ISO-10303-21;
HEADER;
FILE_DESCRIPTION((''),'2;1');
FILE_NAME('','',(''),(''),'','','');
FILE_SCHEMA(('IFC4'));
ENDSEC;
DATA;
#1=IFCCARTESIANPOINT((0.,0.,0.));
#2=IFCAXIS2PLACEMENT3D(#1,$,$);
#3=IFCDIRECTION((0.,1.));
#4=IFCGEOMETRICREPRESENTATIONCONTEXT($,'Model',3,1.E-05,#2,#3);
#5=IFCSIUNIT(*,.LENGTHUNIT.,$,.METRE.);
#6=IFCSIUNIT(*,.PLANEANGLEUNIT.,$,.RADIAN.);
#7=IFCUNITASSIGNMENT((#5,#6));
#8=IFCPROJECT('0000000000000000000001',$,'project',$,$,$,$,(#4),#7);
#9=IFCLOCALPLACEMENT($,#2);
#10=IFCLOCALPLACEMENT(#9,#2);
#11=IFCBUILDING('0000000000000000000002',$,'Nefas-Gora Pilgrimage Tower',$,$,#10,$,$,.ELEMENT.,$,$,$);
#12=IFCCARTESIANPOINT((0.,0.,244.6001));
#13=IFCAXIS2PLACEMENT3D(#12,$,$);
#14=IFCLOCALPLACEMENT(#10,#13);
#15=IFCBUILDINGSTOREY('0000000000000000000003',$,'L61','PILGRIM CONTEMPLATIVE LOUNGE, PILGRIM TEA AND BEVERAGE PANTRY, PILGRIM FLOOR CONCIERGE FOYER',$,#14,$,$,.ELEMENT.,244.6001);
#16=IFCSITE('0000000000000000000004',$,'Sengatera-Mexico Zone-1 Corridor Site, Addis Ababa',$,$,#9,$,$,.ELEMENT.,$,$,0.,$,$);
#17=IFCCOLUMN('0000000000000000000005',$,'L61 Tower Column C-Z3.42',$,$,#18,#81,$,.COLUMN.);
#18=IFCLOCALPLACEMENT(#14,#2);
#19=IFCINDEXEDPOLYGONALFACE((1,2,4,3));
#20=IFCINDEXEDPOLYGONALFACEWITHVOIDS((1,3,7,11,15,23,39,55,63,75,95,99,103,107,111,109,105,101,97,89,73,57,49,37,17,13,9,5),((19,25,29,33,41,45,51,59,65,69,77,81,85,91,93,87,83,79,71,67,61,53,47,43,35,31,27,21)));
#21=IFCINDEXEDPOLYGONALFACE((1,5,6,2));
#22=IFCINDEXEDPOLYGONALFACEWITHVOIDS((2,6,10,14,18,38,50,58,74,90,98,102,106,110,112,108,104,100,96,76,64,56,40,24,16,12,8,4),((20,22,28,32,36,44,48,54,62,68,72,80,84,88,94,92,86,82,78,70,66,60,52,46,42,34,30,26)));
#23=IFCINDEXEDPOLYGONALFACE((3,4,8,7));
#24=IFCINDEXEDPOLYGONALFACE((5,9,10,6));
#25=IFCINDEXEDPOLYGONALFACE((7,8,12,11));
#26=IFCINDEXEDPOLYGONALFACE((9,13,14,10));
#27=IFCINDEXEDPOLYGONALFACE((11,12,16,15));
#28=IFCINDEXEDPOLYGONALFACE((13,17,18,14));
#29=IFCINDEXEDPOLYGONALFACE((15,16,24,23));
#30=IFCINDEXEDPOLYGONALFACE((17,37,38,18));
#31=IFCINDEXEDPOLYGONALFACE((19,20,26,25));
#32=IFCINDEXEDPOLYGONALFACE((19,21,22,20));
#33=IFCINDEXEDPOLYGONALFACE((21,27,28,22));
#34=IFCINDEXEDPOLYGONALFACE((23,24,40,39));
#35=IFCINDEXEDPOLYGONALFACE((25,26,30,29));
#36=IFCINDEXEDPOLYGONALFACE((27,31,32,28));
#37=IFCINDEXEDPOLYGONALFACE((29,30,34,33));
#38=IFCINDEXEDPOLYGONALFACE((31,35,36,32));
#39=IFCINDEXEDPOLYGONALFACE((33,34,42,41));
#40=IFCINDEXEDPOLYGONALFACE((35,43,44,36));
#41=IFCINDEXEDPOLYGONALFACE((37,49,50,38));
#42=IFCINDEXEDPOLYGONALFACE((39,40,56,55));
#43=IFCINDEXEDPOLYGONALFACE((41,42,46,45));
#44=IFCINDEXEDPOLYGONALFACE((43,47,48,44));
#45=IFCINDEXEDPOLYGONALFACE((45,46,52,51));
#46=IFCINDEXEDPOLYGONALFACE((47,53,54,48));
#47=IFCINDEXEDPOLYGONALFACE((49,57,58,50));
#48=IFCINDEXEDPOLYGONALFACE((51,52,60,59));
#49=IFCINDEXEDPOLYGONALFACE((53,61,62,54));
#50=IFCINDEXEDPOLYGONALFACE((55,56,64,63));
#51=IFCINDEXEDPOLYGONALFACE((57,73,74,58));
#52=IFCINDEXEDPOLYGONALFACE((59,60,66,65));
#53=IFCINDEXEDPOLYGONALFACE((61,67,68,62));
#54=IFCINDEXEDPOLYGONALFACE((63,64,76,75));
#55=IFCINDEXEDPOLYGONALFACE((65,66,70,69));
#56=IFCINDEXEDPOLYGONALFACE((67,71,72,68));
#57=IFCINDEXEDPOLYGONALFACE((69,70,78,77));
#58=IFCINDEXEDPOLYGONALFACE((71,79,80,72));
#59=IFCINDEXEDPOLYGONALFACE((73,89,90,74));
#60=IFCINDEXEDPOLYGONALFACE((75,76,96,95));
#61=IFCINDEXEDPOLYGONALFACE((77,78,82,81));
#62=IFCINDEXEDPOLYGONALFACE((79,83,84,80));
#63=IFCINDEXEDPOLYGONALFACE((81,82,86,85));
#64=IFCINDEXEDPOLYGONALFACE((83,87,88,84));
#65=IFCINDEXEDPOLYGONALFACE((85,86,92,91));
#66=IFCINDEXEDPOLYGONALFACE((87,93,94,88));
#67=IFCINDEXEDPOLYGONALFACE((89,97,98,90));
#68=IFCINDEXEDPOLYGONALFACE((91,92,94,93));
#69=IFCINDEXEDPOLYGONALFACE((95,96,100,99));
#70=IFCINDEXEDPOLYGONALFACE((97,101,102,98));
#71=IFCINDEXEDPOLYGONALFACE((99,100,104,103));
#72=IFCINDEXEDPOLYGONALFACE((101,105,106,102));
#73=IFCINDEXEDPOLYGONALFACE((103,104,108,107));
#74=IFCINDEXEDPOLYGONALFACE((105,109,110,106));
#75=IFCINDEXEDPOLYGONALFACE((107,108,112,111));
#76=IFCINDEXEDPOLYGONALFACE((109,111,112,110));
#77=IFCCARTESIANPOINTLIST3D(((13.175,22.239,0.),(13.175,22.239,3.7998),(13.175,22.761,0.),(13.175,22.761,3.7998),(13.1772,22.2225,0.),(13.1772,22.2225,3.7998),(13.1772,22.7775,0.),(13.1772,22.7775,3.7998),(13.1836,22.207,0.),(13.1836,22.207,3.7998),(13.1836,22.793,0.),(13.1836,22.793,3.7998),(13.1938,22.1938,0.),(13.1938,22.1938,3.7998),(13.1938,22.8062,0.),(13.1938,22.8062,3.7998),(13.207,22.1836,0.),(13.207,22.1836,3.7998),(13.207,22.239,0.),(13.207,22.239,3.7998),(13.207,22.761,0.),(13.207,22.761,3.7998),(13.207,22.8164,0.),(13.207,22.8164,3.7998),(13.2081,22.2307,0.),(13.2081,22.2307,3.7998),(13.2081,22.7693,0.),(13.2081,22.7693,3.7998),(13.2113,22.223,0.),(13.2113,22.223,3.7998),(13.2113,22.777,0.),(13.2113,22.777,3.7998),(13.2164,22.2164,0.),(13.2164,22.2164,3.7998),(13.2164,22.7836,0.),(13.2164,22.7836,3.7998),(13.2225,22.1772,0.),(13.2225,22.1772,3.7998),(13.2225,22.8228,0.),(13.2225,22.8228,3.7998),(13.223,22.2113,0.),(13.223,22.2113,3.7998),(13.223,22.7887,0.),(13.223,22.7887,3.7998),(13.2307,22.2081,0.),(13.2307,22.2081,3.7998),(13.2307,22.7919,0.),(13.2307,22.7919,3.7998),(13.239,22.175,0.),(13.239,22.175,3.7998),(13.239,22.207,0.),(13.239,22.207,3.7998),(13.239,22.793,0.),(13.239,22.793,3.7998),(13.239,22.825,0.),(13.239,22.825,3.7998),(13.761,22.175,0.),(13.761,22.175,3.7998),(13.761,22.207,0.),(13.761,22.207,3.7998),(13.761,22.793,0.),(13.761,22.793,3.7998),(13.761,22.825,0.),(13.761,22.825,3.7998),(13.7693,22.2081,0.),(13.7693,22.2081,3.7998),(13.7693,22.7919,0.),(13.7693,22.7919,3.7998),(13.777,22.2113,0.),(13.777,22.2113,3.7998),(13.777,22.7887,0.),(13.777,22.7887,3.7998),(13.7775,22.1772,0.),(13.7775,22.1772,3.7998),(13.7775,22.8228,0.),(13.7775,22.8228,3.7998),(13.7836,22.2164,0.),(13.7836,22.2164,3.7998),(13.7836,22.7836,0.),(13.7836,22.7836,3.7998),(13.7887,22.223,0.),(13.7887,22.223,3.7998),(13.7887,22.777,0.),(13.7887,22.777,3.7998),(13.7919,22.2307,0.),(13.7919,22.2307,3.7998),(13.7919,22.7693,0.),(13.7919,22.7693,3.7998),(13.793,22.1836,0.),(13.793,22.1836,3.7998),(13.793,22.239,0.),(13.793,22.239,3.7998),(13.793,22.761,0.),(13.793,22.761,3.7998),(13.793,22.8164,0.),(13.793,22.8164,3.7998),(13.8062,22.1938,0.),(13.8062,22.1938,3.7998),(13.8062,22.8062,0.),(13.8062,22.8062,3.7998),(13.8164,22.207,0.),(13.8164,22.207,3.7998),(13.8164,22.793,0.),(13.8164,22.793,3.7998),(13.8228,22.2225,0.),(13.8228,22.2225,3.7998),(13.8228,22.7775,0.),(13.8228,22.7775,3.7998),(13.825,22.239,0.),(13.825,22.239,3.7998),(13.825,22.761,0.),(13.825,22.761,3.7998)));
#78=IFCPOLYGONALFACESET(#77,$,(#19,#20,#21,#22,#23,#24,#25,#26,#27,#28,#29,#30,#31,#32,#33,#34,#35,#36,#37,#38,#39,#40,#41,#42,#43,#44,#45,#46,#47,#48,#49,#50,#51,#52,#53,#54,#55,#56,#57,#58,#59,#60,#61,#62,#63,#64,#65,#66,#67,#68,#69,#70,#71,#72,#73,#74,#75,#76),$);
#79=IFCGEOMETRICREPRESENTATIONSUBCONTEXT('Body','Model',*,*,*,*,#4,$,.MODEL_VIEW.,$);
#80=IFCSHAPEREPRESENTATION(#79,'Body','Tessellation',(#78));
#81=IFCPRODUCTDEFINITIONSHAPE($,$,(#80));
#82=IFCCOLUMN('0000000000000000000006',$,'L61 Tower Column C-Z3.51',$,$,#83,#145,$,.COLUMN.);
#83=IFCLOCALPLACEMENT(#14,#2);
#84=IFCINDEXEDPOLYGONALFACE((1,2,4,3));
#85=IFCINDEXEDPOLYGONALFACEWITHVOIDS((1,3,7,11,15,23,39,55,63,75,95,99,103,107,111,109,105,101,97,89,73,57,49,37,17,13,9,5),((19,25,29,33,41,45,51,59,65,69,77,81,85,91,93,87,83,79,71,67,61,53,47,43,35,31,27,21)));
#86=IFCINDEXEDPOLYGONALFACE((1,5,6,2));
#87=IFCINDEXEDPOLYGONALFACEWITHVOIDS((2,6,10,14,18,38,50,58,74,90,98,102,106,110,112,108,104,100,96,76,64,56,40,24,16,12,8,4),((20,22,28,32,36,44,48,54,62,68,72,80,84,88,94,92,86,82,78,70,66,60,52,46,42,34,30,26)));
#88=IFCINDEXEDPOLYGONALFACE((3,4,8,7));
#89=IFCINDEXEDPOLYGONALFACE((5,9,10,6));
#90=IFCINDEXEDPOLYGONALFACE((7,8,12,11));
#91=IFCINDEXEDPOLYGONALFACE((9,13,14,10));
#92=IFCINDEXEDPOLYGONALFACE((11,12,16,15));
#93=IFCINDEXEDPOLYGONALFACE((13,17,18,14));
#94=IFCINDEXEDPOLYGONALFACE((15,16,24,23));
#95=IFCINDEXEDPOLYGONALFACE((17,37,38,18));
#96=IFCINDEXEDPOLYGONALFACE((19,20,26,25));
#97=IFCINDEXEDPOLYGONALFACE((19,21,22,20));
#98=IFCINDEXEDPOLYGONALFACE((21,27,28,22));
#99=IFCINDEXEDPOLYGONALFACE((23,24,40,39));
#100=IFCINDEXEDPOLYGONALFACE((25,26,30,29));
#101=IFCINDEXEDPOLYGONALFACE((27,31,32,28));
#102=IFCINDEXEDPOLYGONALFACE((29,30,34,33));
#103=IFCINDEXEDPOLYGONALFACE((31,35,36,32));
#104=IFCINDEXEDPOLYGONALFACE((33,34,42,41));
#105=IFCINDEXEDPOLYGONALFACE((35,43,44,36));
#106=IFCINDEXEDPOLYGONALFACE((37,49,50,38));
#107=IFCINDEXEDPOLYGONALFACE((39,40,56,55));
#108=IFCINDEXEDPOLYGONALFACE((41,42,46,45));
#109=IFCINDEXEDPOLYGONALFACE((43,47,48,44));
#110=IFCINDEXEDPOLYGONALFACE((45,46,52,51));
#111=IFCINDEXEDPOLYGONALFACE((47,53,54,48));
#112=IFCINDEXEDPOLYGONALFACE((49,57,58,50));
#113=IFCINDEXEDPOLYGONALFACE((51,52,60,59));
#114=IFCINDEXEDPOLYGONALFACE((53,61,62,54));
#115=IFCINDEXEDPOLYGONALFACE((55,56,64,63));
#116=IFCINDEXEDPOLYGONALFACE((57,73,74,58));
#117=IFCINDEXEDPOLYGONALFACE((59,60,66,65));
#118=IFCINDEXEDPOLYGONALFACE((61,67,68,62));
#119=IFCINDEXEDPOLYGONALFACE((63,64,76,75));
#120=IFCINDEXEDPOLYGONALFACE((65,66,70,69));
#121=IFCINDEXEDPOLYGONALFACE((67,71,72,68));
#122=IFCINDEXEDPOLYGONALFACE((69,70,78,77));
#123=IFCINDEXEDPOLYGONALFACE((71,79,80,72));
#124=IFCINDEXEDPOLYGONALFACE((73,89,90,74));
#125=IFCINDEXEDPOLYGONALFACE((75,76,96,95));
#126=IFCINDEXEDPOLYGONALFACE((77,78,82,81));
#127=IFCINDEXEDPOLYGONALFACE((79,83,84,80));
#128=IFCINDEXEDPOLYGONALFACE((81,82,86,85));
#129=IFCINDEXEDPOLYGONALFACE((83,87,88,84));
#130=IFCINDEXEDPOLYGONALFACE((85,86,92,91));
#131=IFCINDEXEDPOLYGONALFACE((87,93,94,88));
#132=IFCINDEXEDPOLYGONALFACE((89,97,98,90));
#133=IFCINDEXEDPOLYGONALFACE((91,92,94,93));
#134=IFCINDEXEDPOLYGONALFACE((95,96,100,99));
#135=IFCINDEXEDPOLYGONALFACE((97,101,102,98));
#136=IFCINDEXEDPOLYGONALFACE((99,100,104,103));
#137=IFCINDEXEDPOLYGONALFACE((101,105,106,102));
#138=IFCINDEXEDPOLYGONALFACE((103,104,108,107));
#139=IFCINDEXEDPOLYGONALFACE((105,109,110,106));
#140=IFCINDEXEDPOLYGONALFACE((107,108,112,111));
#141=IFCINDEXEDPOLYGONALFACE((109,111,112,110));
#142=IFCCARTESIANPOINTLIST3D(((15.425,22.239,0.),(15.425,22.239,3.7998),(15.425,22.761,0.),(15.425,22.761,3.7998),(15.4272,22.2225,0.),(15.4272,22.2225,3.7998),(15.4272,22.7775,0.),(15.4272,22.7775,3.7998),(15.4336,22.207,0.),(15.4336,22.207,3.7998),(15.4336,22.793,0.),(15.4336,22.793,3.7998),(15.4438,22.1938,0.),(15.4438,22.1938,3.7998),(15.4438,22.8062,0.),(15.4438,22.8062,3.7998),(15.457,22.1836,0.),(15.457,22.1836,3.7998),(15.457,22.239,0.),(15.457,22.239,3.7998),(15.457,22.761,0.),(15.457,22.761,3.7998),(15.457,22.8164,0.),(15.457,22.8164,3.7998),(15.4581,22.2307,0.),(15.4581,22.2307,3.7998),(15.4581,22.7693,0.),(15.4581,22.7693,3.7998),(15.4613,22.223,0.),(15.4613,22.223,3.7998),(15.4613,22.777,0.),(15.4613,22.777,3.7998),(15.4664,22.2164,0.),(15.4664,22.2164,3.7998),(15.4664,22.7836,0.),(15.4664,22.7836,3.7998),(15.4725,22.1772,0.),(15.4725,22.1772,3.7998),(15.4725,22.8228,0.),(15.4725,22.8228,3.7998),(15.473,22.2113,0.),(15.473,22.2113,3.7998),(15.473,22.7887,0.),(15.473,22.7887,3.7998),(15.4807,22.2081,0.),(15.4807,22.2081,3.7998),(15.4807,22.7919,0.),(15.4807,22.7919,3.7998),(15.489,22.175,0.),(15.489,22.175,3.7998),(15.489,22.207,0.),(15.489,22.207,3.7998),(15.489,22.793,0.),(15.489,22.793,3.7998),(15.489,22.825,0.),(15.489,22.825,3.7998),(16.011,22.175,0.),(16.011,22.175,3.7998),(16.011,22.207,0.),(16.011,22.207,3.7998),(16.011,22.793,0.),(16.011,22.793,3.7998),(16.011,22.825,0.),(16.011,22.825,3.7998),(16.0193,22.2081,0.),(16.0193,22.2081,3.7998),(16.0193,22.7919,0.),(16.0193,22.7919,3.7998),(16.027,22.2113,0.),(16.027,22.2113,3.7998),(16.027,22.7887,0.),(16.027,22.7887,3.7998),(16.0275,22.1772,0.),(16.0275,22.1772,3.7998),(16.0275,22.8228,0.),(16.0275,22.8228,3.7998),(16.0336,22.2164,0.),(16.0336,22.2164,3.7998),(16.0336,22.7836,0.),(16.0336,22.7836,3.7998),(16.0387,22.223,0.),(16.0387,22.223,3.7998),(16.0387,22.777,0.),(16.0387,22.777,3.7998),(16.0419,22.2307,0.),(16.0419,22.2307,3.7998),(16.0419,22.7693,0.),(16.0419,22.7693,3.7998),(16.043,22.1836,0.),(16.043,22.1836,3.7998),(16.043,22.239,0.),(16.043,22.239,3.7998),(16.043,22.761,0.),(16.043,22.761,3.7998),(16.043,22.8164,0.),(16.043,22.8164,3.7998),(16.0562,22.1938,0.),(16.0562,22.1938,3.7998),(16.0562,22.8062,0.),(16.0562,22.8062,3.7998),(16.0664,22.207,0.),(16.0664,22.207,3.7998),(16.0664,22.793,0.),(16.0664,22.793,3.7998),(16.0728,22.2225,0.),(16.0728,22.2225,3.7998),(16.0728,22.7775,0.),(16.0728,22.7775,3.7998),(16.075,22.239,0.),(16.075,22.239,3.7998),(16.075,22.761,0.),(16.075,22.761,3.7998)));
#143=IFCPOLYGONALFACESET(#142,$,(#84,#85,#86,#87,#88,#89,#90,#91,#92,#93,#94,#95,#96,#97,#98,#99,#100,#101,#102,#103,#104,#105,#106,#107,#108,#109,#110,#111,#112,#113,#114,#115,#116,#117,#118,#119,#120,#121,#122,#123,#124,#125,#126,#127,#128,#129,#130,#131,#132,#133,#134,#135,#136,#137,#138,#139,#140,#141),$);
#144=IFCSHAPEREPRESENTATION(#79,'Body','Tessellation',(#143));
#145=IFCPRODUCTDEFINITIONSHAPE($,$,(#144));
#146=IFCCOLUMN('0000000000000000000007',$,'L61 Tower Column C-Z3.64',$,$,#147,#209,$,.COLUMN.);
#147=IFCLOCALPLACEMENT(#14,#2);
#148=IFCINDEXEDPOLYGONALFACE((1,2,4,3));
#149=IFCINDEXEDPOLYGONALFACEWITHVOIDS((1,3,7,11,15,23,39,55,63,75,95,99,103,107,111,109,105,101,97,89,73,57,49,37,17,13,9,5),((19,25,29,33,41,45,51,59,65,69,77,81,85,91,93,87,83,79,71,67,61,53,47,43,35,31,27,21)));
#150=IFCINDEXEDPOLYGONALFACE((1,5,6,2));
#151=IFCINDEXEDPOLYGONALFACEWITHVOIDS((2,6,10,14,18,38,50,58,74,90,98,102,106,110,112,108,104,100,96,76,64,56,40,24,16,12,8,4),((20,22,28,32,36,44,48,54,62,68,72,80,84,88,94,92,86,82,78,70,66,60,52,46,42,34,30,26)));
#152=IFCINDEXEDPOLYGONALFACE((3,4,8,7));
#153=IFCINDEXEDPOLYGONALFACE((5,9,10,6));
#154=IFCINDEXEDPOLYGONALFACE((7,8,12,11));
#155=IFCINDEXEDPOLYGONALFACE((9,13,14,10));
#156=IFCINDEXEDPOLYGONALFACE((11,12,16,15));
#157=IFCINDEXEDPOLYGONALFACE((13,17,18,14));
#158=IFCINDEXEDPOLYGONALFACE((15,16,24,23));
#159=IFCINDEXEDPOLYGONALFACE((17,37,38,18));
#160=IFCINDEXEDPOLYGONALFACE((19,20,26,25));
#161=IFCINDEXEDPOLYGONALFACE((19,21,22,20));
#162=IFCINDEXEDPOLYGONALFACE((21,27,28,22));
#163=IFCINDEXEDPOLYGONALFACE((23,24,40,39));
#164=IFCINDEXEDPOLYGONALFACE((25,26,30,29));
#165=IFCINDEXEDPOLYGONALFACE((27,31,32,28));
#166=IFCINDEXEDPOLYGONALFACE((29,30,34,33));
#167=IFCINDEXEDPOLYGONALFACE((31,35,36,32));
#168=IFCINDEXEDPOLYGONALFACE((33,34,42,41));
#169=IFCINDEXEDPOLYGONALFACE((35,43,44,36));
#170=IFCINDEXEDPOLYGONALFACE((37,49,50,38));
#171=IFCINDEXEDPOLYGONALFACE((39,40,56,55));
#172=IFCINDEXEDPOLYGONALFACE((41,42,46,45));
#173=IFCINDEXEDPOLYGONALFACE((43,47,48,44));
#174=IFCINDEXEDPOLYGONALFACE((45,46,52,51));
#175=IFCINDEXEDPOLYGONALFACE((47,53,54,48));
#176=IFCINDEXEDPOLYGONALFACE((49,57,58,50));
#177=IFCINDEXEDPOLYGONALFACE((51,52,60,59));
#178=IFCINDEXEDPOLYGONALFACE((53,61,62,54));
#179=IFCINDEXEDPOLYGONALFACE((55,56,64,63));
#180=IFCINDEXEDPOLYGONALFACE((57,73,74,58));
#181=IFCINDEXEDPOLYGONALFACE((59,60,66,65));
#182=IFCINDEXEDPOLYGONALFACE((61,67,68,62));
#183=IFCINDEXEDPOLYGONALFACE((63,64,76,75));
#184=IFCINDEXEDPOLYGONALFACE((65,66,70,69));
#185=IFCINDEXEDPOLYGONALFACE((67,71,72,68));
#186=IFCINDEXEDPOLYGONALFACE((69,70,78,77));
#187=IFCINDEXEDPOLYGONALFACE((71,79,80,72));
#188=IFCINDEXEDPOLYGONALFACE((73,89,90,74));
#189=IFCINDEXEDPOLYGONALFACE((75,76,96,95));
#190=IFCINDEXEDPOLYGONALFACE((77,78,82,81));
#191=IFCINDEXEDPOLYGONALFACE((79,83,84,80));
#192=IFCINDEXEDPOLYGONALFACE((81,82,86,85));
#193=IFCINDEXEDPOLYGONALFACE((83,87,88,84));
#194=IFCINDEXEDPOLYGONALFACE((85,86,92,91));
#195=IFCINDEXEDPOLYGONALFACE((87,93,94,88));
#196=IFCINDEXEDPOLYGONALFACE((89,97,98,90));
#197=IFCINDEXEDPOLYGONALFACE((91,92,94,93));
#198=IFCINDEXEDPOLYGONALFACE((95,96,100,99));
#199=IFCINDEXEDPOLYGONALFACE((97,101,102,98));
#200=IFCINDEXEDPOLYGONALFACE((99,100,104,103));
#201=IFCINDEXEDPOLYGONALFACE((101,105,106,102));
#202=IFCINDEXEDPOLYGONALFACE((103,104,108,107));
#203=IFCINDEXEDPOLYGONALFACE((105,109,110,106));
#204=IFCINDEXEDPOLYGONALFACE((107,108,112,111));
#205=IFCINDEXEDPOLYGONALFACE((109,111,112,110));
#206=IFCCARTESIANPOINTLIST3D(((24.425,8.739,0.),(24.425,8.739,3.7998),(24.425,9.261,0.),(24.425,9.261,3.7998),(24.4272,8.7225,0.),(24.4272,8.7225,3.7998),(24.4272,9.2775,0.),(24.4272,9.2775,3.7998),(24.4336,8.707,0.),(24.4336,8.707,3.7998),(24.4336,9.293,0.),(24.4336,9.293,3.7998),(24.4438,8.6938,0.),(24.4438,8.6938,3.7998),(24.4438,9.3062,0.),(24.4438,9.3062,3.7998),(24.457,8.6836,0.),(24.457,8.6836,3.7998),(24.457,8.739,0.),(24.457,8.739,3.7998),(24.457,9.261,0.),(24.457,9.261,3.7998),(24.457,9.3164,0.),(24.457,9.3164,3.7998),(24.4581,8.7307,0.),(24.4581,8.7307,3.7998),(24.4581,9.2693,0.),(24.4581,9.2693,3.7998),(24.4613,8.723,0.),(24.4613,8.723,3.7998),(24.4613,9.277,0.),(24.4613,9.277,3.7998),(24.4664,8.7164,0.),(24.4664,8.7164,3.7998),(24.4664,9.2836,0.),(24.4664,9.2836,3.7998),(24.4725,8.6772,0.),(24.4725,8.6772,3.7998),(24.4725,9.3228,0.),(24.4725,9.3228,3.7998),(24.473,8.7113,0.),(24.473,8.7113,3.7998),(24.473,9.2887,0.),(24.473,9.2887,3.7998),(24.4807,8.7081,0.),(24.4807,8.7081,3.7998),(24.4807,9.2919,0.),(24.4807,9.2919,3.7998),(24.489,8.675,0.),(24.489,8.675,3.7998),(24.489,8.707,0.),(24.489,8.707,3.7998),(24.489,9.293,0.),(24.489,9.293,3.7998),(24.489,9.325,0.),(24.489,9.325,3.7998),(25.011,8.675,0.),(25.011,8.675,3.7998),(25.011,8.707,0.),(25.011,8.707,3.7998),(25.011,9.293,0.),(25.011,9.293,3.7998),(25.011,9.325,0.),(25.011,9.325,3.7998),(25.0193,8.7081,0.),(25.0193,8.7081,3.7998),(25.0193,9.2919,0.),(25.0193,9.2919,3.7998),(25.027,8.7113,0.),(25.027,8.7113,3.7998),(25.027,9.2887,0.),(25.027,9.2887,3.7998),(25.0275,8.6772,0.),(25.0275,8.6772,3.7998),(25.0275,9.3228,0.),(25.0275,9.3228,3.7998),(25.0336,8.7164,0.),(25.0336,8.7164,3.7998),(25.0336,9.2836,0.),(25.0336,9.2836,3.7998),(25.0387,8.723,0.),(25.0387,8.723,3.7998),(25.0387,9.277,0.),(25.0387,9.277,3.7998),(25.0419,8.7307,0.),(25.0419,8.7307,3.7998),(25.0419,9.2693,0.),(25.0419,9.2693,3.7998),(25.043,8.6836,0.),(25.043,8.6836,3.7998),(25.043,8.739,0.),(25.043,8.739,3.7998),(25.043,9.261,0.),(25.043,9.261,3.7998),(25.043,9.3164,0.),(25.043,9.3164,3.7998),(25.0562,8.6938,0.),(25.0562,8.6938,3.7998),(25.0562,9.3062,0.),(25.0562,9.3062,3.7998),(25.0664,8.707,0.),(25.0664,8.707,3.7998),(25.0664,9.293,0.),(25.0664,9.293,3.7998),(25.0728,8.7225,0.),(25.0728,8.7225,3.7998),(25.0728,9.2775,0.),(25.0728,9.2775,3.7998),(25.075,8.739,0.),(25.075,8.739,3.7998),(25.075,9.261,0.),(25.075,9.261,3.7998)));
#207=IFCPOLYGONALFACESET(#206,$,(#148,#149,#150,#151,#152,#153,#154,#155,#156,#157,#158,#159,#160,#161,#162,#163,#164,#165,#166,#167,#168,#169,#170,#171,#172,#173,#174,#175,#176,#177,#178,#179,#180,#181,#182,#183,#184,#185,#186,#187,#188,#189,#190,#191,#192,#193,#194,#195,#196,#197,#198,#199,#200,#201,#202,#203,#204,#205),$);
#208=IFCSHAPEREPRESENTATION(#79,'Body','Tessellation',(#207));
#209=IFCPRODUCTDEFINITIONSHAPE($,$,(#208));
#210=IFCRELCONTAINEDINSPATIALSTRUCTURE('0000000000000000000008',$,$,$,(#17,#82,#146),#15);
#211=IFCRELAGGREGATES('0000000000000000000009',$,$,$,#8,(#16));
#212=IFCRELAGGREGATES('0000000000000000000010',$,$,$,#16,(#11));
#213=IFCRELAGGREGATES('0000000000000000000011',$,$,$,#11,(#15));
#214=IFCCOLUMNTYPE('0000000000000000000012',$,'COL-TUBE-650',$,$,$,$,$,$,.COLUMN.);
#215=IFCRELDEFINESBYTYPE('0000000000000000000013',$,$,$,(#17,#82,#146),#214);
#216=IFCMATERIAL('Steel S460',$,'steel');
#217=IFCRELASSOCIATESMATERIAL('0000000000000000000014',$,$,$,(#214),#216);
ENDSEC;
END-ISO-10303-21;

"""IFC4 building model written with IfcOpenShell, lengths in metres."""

from ifc_helpers import new_model, si_unit, direction, frame, origin, origin_2d, place, context, subcontext, project, spatial, hollow_rectangle, extrude, source, transform, mapped, material, material_profile, profile_set, type_object, element, save


model = new_model("IFC4")

# Units and contexts
model_context = context("Model", 3, precision=1e-05, world=origin(), true_north=direction((0.0, 1.0)))
body_context = subcontext(model_context, "Body", "Model", "MODEL_VIEW")
ifc_project = project(units=[si_unit("LENGTHUNIT", "METRE"), si_unit("PLANEANGLEUNIT", "RADIAN")], contexts=[model_context])

# Site, building, storey
site_placement = place(None, origin())
site = spatial("IfcSite", under=ifc_project, at=site_placement, Name="Sengatera-Mexico Zone-1 Corridor Site, Addis Ababa", CompositionType="ELEMENT", RefElevation=0.0)
building_placement = place(site_placement, origin())
building = spatial("IfcBuilding", under=site, at=building_placement, Name="Nefas-Gora Pilgrimage Tower", CompositionType="ELEMENT")
storey_placement = place(building_placement, frame((0.0, 0.0, 244.6001)))
storey = spatial("IfcBuildingStorey", under=building, at=storey_placement, Name="L61", Description="PILGRIM CONTEMPLATIVE LOUNGE, PILGRIM TEA AND BEVERAGE PANTRY, PILGRIM FLOOR CONCIERGE FOYER", CompositionType="ELEMENT", Elevation=244.6001)

# Columns
ifc_material_1 = material(Name="Steel S460", Category="steel")
ifc_material_profile_1 = material_profile(ifc_material_1, hollow_rectangle(XDim=0.6499, YDim=0.6499, WallThickness=0.032, InnerFilletRadius=0.032, OuterFilletRadius=0.064, at=origin_2d()), Name="BOX 650x650x32")
ifc_profile_set_1 = profile_set([ifc_material_profile_1], Name="Steel S460")
column_type_1 = type_object("IfcColumnType", Name="COL-TUBE-650", PredefinedType="COLUMN", material=ifc_profile_set_1)
shared_shape_1 = source(origin(), body_context, "Body", "SweptSolid", [
    extrude(hollow_rectangle(XDim=0.6499, YDim=0.6499, WallThickness=0.032, InnerFilletRadius=0.032, OuterFilletRadius=0.064, at=origin_2d()), origin(), (0.0, 0.0, 1.0), 3.7998),
])
for number, where, z_axis, x_axis, name in (
    (1, (13.5, 22.5, 0.0), (0.0, 0.0, 1.0), (1.0, 0.0, 0.0), "L61 Tower Column C-Z3.42"),
    (2, (15.75, 22.5, 0.0), (0.0, 0.0, 1.0), (1.0, 0.0, 0.0), "L61 Tower Column C-Z3.51"),
    (3, (24.75, 9.0, 0.0), (0.0, 0.0, 1.0), (1.0, 0.0, 0.0), "L61 Tower Column C-Z3.64"),
):
    element("IfcColumn", number, at=place(storey_placement, frame(where, z_axis=z_axis, x_axis=x_axis)), inside=storey, type_object=column_type_1, Name=name, PredefinedType="COLUMN", context=body_context, shape_type="MappedRepresentation", body=[
        mapped(shared_shape_1, transform((0.0, 0.0, 0.0), x_axis=(1.0, 0.0, 0.0), y_axis=(0.0, 1.0, 0.0), z_axis=(0.0, 0.0, 1.0), scale=1.0)),
    ])

save(model, "model.ifc")
